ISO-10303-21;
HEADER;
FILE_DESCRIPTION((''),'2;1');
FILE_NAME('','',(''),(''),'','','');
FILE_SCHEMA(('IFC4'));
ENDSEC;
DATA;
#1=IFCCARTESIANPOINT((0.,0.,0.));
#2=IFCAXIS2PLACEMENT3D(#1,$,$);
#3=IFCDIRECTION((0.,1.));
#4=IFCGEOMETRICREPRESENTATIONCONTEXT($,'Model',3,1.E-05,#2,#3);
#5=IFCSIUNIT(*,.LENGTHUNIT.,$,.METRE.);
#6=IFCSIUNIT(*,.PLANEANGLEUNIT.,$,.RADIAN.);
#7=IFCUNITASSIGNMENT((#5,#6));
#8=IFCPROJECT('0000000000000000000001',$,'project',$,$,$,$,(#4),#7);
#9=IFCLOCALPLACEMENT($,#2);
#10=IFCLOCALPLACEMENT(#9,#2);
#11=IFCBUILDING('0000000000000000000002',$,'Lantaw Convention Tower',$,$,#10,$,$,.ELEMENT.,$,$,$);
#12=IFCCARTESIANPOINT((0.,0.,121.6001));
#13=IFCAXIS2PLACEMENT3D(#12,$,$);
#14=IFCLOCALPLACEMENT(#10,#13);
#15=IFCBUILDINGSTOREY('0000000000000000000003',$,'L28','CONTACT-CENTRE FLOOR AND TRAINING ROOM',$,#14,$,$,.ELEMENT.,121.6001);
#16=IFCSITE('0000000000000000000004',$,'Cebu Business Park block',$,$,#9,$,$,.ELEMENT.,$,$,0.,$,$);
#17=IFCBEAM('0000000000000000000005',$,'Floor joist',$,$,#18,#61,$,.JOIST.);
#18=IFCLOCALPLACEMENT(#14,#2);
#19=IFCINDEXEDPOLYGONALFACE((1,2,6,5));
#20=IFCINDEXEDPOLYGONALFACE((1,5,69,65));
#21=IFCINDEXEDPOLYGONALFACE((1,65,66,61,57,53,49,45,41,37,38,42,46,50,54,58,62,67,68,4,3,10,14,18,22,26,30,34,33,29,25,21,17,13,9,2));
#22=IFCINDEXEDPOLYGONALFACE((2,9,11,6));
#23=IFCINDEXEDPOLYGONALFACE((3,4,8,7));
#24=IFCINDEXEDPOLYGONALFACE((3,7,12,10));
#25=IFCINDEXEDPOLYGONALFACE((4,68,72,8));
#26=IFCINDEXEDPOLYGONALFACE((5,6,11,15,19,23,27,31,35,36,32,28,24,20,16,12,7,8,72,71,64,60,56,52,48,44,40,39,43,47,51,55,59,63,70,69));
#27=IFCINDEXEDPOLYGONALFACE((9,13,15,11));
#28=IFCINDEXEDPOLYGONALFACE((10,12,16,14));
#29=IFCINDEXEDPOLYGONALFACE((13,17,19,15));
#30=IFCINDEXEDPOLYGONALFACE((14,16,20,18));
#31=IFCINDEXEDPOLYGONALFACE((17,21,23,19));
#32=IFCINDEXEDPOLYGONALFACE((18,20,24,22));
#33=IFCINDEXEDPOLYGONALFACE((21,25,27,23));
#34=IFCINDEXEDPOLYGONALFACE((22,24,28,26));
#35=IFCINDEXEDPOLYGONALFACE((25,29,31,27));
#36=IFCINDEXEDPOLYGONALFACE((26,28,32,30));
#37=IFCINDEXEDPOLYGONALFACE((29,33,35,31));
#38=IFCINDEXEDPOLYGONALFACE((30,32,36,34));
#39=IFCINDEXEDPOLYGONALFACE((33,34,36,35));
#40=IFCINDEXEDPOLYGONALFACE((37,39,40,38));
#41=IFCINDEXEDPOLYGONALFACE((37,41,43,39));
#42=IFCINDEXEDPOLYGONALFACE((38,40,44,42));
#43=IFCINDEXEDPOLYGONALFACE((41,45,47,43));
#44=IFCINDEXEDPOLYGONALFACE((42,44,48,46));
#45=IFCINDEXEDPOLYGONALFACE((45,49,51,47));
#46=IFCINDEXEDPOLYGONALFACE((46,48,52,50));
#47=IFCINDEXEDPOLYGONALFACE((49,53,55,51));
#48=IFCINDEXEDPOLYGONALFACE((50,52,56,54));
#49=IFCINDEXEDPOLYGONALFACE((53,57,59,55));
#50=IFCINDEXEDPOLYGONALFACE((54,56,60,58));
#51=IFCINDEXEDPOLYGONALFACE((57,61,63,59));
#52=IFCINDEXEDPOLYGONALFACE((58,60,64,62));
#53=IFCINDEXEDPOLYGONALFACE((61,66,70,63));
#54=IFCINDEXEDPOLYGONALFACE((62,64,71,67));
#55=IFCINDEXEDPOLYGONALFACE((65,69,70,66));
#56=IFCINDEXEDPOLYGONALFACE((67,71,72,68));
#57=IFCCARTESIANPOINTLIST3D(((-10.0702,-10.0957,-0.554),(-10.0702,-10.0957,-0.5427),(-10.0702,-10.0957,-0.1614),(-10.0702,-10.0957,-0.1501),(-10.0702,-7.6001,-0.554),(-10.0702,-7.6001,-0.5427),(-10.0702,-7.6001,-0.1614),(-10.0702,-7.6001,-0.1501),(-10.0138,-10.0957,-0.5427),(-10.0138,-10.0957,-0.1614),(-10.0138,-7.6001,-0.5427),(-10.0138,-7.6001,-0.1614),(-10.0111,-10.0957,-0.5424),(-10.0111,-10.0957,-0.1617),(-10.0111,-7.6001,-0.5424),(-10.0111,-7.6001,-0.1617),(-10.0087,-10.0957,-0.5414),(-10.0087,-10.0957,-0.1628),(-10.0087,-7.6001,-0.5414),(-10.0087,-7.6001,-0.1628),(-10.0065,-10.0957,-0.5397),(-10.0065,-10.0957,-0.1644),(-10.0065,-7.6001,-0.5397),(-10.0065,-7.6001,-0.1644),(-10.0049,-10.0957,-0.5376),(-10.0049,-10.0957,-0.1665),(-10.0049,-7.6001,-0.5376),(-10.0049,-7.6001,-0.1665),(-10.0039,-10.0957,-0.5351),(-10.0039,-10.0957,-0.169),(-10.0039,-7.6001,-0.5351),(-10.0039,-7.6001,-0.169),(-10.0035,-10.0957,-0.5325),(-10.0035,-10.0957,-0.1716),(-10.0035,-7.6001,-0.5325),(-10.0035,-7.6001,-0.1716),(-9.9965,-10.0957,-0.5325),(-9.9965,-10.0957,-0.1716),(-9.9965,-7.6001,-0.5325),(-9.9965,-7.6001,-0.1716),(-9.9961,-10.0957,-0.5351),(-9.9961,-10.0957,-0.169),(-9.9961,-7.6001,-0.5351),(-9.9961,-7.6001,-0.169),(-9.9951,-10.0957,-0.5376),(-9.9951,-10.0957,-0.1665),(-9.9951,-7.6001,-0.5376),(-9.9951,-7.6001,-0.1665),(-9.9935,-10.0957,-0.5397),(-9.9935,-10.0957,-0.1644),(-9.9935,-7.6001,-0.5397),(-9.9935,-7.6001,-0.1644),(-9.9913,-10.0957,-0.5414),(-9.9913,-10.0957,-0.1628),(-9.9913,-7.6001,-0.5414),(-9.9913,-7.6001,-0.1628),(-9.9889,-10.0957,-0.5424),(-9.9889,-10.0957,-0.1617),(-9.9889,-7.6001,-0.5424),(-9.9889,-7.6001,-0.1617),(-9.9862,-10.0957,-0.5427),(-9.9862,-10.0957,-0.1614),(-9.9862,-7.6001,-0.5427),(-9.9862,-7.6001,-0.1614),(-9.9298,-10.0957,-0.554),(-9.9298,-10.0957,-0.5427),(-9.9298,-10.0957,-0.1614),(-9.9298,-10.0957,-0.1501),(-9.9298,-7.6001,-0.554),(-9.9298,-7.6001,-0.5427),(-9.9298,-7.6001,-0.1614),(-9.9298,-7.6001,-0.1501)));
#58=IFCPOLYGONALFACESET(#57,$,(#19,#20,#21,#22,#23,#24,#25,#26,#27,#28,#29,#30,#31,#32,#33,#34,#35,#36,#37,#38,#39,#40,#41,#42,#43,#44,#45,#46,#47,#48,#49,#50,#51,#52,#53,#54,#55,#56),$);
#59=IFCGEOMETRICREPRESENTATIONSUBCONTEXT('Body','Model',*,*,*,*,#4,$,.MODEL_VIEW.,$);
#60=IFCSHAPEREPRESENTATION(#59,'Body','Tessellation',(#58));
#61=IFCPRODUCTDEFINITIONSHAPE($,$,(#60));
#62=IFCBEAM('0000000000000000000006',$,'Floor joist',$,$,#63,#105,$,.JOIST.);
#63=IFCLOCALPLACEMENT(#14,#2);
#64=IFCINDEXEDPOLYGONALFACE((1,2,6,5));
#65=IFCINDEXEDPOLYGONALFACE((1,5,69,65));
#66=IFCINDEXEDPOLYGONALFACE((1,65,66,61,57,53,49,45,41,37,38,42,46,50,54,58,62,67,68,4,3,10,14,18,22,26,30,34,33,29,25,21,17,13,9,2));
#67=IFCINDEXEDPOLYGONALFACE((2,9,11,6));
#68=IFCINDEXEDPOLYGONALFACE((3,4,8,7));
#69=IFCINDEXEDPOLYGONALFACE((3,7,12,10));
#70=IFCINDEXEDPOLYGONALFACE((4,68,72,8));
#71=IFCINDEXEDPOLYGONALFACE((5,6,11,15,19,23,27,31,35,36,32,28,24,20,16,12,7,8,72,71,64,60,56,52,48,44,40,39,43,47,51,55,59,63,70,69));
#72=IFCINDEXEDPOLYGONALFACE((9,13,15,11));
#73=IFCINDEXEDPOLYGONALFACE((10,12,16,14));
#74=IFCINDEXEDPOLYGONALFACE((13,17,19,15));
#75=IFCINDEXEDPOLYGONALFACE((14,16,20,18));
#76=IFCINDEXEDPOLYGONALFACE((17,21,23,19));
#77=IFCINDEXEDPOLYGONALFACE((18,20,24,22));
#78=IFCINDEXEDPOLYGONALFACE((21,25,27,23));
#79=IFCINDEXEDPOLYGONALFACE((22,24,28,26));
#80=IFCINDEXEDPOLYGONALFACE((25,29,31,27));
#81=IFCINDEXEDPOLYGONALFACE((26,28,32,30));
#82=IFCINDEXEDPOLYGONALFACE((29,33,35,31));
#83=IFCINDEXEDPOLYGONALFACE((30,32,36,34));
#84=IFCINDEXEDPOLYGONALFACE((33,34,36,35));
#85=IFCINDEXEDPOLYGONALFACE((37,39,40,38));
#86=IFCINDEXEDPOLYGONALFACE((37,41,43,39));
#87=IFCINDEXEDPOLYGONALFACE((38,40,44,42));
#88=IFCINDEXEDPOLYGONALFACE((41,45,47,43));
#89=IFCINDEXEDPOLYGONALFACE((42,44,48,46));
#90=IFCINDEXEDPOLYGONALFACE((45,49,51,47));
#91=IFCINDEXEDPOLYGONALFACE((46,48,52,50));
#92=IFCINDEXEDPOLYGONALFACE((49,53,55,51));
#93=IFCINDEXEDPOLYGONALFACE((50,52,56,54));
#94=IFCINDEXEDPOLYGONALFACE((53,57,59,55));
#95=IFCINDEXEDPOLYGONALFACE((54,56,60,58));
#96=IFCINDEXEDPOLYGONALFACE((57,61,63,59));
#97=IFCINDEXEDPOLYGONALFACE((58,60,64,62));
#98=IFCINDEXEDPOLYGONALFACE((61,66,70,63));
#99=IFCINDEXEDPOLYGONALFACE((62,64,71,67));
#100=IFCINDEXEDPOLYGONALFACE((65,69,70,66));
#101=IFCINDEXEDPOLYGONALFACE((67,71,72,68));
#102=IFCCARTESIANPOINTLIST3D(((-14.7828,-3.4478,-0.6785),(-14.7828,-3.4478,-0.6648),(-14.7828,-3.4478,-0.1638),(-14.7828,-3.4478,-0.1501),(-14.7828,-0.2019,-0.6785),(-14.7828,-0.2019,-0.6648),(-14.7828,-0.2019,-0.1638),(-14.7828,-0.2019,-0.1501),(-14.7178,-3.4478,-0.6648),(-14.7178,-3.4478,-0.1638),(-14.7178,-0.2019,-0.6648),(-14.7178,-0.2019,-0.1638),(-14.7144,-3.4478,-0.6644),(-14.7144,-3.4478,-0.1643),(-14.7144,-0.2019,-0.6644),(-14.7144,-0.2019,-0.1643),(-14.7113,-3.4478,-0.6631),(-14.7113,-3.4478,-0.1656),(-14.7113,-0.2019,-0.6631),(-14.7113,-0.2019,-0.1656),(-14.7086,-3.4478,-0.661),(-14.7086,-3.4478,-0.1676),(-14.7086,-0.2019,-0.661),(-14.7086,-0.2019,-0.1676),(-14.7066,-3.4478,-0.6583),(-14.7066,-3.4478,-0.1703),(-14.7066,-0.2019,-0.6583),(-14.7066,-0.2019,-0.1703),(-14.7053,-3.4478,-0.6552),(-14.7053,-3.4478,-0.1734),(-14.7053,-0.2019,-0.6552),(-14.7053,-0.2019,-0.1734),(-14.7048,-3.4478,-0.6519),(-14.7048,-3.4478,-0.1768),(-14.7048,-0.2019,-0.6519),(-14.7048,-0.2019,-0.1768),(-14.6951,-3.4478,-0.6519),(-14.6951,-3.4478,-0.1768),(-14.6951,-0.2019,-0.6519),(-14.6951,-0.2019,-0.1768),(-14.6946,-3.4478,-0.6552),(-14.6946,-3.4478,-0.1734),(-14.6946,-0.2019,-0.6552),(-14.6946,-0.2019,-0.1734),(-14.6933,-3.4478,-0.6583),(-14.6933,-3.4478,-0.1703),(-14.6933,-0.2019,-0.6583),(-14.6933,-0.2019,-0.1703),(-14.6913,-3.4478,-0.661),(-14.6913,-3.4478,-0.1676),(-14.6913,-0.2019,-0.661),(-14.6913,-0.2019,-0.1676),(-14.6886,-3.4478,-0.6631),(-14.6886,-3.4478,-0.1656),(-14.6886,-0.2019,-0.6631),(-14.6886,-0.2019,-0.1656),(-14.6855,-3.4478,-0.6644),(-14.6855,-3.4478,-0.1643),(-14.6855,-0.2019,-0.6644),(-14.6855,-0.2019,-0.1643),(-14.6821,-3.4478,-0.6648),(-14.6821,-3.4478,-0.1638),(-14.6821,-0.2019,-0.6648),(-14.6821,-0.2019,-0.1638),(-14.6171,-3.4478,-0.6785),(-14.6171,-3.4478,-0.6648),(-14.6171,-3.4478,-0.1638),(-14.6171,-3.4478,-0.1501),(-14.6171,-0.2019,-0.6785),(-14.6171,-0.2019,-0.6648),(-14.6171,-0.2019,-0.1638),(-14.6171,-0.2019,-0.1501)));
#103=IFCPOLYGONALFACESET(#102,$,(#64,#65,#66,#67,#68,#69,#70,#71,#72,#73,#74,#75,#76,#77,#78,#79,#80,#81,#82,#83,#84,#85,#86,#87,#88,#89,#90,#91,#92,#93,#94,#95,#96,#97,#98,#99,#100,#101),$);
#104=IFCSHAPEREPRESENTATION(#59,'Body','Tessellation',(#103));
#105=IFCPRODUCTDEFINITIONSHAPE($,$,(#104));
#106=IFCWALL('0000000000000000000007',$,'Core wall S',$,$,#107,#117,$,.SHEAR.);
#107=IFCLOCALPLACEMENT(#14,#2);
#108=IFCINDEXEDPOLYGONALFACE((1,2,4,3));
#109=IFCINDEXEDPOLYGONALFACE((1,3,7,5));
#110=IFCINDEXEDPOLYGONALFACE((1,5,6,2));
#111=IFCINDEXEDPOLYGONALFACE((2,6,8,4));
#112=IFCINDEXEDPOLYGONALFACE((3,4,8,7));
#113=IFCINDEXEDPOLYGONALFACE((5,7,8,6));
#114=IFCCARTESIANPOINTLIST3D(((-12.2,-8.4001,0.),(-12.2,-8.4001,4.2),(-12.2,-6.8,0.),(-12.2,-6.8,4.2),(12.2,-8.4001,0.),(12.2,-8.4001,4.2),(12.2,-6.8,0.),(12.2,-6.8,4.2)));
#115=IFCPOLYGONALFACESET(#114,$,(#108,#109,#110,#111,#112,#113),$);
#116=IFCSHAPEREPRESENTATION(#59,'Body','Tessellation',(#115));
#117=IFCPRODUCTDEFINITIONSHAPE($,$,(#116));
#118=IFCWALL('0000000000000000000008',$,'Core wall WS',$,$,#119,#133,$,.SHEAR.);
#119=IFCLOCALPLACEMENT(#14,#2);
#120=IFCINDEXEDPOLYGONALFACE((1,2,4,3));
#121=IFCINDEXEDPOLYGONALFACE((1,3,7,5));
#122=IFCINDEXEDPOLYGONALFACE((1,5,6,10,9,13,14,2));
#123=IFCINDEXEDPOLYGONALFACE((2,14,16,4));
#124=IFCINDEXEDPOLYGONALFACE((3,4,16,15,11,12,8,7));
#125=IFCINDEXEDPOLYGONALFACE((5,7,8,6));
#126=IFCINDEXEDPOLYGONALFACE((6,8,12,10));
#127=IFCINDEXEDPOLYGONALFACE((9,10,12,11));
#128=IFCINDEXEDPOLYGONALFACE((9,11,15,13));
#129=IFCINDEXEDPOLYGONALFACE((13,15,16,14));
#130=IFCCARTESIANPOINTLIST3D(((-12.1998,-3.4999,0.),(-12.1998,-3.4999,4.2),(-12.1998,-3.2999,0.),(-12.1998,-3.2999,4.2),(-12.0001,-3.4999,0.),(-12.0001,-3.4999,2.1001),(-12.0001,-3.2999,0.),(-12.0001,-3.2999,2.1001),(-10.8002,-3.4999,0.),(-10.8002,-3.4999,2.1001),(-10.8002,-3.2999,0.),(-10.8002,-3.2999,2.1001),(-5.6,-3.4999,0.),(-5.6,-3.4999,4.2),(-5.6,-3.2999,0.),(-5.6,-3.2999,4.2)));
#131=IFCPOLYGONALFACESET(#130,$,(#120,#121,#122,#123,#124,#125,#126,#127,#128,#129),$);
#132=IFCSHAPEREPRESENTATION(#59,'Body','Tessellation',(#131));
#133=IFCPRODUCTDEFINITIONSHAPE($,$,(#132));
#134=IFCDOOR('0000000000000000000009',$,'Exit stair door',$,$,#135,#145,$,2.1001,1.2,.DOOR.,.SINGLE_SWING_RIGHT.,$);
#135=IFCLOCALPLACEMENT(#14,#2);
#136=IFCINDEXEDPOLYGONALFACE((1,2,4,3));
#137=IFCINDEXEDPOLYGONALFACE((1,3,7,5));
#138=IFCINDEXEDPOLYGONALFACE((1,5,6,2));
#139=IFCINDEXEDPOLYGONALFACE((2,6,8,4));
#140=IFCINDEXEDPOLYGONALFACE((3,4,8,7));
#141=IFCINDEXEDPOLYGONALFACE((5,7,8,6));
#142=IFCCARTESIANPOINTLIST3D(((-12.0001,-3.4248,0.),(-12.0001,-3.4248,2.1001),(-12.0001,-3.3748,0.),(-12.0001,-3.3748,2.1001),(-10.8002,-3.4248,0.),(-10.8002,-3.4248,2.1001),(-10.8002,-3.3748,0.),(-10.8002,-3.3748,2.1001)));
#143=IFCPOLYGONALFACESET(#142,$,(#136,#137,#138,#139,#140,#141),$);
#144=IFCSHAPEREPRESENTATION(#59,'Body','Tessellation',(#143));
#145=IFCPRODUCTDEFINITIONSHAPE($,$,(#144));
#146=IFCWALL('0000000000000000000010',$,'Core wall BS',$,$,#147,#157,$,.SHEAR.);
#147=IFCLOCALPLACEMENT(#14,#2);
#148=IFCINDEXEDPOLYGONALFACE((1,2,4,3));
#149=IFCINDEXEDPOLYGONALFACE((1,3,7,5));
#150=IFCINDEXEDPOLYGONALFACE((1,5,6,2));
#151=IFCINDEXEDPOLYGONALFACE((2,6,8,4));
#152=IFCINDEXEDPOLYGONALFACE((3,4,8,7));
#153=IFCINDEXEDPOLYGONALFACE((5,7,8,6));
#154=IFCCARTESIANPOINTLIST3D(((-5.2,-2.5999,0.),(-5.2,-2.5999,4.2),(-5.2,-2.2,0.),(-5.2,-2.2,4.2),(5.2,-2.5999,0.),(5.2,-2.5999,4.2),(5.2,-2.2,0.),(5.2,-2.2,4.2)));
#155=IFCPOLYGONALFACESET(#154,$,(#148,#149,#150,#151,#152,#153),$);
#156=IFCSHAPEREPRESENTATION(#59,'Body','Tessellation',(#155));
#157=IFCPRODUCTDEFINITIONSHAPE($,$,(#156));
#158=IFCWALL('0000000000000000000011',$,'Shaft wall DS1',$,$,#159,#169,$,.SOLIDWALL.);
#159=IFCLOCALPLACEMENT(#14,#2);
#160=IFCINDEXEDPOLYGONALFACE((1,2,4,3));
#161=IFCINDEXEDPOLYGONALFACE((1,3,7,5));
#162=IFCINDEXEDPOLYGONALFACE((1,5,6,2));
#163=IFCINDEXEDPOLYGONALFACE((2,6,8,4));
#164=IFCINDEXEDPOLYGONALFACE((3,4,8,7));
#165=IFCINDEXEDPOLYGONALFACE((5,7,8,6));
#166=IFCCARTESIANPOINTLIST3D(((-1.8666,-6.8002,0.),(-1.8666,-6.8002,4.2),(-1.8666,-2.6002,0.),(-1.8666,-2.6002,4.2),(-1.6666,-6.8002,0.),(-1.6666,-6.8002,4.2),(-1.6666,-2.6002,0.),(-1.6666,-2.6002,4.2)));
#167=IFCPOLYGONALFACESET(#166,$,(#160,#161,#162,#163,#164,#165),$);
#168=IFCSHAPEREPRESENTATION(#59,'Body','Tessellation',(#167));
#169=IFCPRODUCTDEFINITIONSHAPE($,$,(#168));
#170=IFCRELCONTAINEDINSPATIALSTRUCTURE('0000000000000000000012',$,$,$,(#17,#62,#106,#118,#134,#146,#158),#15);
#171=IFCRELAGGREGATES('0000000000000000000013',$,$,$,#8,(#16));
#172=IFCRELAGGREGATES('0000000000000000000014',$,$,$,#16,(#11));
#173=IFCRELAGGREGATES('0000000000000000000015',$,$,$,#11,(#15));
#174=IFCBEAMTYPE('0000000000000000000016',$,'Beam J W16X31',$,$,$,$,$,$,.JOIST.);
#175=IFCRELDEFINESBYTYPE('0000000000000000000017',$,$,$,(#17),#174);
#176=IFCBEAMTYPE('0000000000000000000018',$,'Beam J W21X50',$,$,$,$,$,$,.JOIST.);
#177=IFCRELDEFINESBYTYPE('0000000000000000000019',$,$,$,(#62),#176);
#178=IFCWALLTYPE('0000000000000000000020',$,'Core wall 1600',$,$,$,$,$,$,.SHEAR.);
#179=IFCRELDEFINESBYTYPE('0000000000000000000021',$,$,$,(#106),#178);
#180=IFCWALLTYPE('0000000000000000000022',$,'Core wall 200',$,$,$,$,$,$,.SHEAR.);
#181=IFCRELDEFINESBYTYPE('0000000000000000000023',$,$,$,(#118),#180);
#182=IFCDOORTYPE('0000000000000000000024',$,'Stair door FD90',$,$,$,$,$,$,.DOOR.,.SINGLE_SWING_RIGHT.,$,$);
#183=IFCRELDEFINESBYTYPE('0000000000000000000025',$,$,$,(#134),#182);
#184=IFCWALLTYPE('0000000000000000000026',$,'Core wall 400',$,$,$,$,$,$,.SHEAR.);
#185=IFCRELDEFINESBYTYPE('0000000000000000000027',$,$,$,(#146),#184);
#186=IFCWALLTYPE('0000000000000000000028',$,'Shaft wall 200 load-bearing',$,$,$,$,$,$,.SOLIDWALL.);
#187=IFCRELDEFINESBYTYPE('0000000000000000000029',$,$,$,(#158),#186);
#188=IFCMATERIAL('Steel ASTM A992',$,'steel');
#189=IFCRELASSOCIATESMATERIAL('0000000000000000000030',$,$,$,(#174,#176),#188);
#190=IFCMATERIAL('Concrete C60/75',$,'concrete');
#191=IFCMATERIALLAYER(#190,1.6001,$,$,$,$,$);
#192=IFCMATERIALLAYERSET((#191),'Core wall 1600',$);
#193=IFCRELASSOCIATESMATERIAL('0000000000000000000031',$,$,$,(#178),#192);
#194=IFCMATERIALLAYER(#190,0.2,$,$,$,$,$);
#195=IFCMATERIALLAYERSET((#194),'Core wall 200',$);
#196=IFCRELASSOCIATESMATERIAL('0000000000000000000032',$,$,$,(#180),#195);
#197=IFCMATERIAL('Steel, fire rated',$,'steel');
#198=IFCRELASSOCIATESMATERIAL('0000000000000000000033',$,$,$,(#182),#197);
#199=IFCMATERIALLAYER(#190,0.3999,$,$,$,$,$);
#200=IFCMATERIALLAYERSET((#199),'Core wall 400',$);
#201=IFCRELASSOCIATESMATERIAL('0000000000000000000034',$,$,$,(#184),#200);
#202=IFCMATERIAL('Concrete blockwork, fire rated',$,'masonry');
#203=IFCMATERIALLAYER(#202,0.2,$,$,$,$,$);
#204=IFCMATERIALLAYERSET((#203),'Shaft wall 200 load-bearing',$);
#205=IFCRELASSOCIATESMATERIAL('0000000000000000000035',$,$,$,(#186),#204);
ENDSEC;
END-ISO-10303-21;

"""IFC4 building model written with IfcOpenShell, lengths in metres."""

from ifc_helpers import new_model, si_unit, direction, frame, frame_2d, origin, origin_2d, place, context, subcontext, project, spatial, rectangle, i_section, extrude, material, layer, layer_set, material_profile, profile_set, type_object, element, fill, save


model = new_model("IFC4")

# Units and contexts
model_context = context("Model", 3, precision=1e-05, world=origin(), true_north=direction((0.0, 1.0)))
body_context = subcontext(model_context, "Body", "Model", "MODEL_VIEW")
ifc_project = project(units=[si_unit("LENGTHUNIT", "METRE"), si_unit("PLANEANGLEUNIT", "RADIAN")], contexts=[model_context])

# Site, building, storey
site_placement = place(None, origin())
site = spatial("IfcSite", under=ifc_project, at=site_placement, Name="Cebu Business Park block", CompositionType="ELEMENT", RefElevation=0.0)
building_placement = place(site_placement, origin())
building = spatial("IfcBuilding", under=site, at=building_placement, Name="Lantaw Convention Tower", CompositionType="ELEMENT")
storey_placement = place(building_placement, frame((0.0, 0.0, 121.6001)))
storey = spatial("IfcBuildingStorey", under=building, at=storey_placement, Name="L28", Description="CONTACT-CENTRE FLOOR AND TRAINING ROOM", CompositionType="ELEMENT", Elevation=121.6001)

# Beams
ifc_material_1 = material(Name="Steel ASTM A992", Category="steel")
ifc_material_profile_1 = material_profile(ifc_material_1, i_section(OverallWidth=0.1404, OverallDepth=0.4038, WebThickness=0.0071, FlangeThickness=0.0112, FilletRadius=0.0103, at=origin_2d()), Name="W16X31")
ifc_profile_set_1 = profile_set([ifc_material_profile_1], Name="Steel ASTM A992")
beam_type_1 = type_object("IfcBeamType", Name="Beam J W16X31", PredefinedType="JOIST", material=ifc_profile_set_1)
beam_1_placement = place(storey_placement, frame((-10.0, -10.0957, -0.3521), z_axis=(0.0, 1.0, 0.0), x_axis=(-1.0, 0.0, 0.0)))
element("IfcBeam", 1, at=beam_1_placement, inside=storey, type_object=beam_type_1, Name="Floor joist", PredefinedType="JOIST", context=body_context, shape_type="SweptSolid", body=[
    extrude(i_section(OverallWidth=0.1404, OverallDepth=0.4038, WebThickness=0.0071, FlangeThickness=0.0112, FilletRadius=0.0103, at=origin_2d()), origin(), (0.0, 0.0, 1.0), 2.4956),
])
ifc_material_profile_2 = material_profile(ifc_material_1, i_section(OverallWidth=0.1658, OverallDepth=0.5283, WebThickness=0.0098, FlangeThickness=0.0137, FilletRadius=0.0129, at=origin_2d()), Name="W21X50")
ifc_profile_set_2 = profile_set([ifc_material_profile_2], Name="Steel ASTM A992")
beam_type_2 = type_object("IfcBeamType", Name="Beam J W21X50", PredefinedType="JOIST", material=ifc_profile_set_2)
beam_2_placement = place(storey_placement, frame((-14.7, -3.4478, -0.4143), z_axis=(0.0, 1.0, 0.0), x_axis=(-1.0, 0.0, 0.0)))
element("IfcBeam", 2, at=beam_2_placement, inside=storey, type_object=beam_type_2, Name="Floor joist", PredefinedType="JOIST", context=body_context, shape_type="SweptSolid", body=[
    extrude(i_section(OverallWidth=0.1658, OverallDepth=0.5283, WebThickness=0.0098, FlangeThickness=0.0137, FilletRadius=0.0129, at=origin_2d()), origin(), (0.0, 0.0, 1.0), 3.2458),
])

# Wall
ifc_material_2 = material(Name="Concrete C60/75", Category="concrete")
ifc_layer_1 = layer(ifc_material_2, 1.6001)
ifc_layer_set_1 = layer_set([ifc_layer_1], Name="Core wall 1600")
wall_type_1 = type_object("IfcWallType", Name="Core wall 1600", PredefinedType="SHEAR", material=ifc_layer_set_1)
wall_1_placement = place(storey_placement, frame((-12.2, -7.6001, 0.0), z_axis=(0.0, 0.0, 1.0), x_axis=(1.0, 0.0, 0.0)))
element("IfcWall", 3, at=wall_1_placement, inside=storey, type_object=wall_type_1, Name="Core wall S", PredefinedType="SHEAR", context=body_context, shape_type="SweptSolid", body=[
    extrude(rectangle(XDim=24.3999, YDim=1.6001, at=frame_2d((12.2, 0.0))), origin(), (0.0, 0.0, 1.0), 4.2),
])

# Wall, opening, door
ifc_layer_2 = layer(ifc_material_2, 0.2)
ifc_layer_set_2 = layer_set([ifc_layer_2], Name="Core wall 200")
wall_type_2 = type_object("IfcWallType", Name="Core wall 200", PredefinedType="SHEAR", material=ifc_layer_set_2)
wall_2_placement = place(storey_placement, frame((-5.6001, -3.3999, 0.0), z_axis=(0.0, 0.0, 1.0), x_axis=(-1.0, 0.0, 0.0)))
wall_2 = element("IfcWall", 4, at=wall_2_placement, inside=storey, type_object=wall_type_2, Name="Core wall WS", PredefinedType="SHEAR", context=body_context, shape_type="SweptSolid", body=[
    extrude(rectangle(XDim=6.5999, YDim=0.2, at=frame_2d((3.2998, 0.0))), origin(), (0.0, 0.0, 1.0), 4.2),
])
opening_placement = place(wall_2_placement, frame((5.2, 0.0, 0.0)))
opening = element("IfcOpeningElement", 5, at=opening_placement, cuts=wall_2, PredefinedType="OPENING", context=body_context, shape_type="SweptSolid", body=[
    extrude(rectangle(XDim=1.2, YDim=2.1001, at=frame_2d((0.6001, 1.05))), frame((0.0, 0.1099, 0.0), z_axis=(0.0, -1.0, 0.0), x_axis=(1.0, 0.0, 0.0)), (0.0, 0.0, 1.0), 0.22),
])
ifc_material_3 = material(Name="Steel, fire rated", Category="steel")
door_type = type_object("IfcDoorType", Name="Stair door FD90", OperationType="SINGLE_SWING_RIGHT", PredefinedType="DOOR", material=ifc_material_3)
door_placement = place(opening_placement, origin())
door = element("IfcDoor", 6, at=door_placement, inside=storey, type_object=door_type, Name="Exit stair door", OperationType="SINGLE_SWING_RIGHT", OverallHeight=2.1001, OverallWidth=1.2, PredefinedType="DOOR", context=body_context, shape_type="SweptSolid", body=[
    extrude(rectangle(XDim=1.2, YDim=2.1001, at=frame_2d((0.6001, 1.05))), frame((0.0, 0.0249, 0.0), z_axis=(0.0, -1.0, 0.0), x_axis=(1.0, 0.0, 0.0)), (0.0, 0.0, 1.0), 0.05),
])
fill(opening, door)

# Walls
ifc_layer_3 = layer(ifc_material_2, 0.3999)
ifc_layer_set_3 = layer_set([ifc_layer_3], Name="Core wall 400")
wall_type_3 = type_object("IfcWallType", Name="Core wall 400", PredefinedType="SHEAR", material=ifc_layer_set_3)
wall_3_placement = place(storey_placement, frame((-5.2, -2.3999, 0.0), z_axis=(0.0, 0.0, 1.0), x_axis=(1.0, 0.0, 0.0)))
element("IfcWall", 7, at=wall_3_placement, inside=storey, type_object=wall_type_3, Name="Core wall BS", PredefinedType="SHEAR", context=body_context, shape_type="SweptSolid", body=[
    extrude(rectangle(XDim=10.3999, YDim=0.3999, at=frame_2d((5.2, 0.0))), origin(), (0.0, 0.0, 1.0), 4.2),
])
ifc_material_4 = material(Name="Concrete blockwork, fire rated", Category="masonry")
ifc_layer_4 = layer(ifc_material_4, 0.2)
ifc_layer_set_4 = layer_set([ifc_layer_4], Name="Shaft wall 200 load-bearing")
wall_type_4 = type_object("IfcWallType", Name="Shaft wall 200 load-bearing", PredefinedType="SOLIDWALL", material=ifc_layer_set_4)
wall_4_placement = place(storey_placement, frame((-1.7666, -2.6001, 0.0), z_axis=(0.0, 0.0, 1.0), x_axis=(0.0, -1.0, 0.0)))
element("IfcWall", 8, at=wall_4_placement, inside=storey, type_object=wall_type_4, Name="Shaft wall DS1", PredefinedType="SOLIDWALL", context=body_context, shape_type="SweptSolid", body=[
    extrude(rectangle(XDim=4.2, YDim=0.2, at=frame_2d((2.1001, 0.0))), origin(), (0.0, 0.0, 1.0), 4.2),
])

save(model, "model.ifc")
